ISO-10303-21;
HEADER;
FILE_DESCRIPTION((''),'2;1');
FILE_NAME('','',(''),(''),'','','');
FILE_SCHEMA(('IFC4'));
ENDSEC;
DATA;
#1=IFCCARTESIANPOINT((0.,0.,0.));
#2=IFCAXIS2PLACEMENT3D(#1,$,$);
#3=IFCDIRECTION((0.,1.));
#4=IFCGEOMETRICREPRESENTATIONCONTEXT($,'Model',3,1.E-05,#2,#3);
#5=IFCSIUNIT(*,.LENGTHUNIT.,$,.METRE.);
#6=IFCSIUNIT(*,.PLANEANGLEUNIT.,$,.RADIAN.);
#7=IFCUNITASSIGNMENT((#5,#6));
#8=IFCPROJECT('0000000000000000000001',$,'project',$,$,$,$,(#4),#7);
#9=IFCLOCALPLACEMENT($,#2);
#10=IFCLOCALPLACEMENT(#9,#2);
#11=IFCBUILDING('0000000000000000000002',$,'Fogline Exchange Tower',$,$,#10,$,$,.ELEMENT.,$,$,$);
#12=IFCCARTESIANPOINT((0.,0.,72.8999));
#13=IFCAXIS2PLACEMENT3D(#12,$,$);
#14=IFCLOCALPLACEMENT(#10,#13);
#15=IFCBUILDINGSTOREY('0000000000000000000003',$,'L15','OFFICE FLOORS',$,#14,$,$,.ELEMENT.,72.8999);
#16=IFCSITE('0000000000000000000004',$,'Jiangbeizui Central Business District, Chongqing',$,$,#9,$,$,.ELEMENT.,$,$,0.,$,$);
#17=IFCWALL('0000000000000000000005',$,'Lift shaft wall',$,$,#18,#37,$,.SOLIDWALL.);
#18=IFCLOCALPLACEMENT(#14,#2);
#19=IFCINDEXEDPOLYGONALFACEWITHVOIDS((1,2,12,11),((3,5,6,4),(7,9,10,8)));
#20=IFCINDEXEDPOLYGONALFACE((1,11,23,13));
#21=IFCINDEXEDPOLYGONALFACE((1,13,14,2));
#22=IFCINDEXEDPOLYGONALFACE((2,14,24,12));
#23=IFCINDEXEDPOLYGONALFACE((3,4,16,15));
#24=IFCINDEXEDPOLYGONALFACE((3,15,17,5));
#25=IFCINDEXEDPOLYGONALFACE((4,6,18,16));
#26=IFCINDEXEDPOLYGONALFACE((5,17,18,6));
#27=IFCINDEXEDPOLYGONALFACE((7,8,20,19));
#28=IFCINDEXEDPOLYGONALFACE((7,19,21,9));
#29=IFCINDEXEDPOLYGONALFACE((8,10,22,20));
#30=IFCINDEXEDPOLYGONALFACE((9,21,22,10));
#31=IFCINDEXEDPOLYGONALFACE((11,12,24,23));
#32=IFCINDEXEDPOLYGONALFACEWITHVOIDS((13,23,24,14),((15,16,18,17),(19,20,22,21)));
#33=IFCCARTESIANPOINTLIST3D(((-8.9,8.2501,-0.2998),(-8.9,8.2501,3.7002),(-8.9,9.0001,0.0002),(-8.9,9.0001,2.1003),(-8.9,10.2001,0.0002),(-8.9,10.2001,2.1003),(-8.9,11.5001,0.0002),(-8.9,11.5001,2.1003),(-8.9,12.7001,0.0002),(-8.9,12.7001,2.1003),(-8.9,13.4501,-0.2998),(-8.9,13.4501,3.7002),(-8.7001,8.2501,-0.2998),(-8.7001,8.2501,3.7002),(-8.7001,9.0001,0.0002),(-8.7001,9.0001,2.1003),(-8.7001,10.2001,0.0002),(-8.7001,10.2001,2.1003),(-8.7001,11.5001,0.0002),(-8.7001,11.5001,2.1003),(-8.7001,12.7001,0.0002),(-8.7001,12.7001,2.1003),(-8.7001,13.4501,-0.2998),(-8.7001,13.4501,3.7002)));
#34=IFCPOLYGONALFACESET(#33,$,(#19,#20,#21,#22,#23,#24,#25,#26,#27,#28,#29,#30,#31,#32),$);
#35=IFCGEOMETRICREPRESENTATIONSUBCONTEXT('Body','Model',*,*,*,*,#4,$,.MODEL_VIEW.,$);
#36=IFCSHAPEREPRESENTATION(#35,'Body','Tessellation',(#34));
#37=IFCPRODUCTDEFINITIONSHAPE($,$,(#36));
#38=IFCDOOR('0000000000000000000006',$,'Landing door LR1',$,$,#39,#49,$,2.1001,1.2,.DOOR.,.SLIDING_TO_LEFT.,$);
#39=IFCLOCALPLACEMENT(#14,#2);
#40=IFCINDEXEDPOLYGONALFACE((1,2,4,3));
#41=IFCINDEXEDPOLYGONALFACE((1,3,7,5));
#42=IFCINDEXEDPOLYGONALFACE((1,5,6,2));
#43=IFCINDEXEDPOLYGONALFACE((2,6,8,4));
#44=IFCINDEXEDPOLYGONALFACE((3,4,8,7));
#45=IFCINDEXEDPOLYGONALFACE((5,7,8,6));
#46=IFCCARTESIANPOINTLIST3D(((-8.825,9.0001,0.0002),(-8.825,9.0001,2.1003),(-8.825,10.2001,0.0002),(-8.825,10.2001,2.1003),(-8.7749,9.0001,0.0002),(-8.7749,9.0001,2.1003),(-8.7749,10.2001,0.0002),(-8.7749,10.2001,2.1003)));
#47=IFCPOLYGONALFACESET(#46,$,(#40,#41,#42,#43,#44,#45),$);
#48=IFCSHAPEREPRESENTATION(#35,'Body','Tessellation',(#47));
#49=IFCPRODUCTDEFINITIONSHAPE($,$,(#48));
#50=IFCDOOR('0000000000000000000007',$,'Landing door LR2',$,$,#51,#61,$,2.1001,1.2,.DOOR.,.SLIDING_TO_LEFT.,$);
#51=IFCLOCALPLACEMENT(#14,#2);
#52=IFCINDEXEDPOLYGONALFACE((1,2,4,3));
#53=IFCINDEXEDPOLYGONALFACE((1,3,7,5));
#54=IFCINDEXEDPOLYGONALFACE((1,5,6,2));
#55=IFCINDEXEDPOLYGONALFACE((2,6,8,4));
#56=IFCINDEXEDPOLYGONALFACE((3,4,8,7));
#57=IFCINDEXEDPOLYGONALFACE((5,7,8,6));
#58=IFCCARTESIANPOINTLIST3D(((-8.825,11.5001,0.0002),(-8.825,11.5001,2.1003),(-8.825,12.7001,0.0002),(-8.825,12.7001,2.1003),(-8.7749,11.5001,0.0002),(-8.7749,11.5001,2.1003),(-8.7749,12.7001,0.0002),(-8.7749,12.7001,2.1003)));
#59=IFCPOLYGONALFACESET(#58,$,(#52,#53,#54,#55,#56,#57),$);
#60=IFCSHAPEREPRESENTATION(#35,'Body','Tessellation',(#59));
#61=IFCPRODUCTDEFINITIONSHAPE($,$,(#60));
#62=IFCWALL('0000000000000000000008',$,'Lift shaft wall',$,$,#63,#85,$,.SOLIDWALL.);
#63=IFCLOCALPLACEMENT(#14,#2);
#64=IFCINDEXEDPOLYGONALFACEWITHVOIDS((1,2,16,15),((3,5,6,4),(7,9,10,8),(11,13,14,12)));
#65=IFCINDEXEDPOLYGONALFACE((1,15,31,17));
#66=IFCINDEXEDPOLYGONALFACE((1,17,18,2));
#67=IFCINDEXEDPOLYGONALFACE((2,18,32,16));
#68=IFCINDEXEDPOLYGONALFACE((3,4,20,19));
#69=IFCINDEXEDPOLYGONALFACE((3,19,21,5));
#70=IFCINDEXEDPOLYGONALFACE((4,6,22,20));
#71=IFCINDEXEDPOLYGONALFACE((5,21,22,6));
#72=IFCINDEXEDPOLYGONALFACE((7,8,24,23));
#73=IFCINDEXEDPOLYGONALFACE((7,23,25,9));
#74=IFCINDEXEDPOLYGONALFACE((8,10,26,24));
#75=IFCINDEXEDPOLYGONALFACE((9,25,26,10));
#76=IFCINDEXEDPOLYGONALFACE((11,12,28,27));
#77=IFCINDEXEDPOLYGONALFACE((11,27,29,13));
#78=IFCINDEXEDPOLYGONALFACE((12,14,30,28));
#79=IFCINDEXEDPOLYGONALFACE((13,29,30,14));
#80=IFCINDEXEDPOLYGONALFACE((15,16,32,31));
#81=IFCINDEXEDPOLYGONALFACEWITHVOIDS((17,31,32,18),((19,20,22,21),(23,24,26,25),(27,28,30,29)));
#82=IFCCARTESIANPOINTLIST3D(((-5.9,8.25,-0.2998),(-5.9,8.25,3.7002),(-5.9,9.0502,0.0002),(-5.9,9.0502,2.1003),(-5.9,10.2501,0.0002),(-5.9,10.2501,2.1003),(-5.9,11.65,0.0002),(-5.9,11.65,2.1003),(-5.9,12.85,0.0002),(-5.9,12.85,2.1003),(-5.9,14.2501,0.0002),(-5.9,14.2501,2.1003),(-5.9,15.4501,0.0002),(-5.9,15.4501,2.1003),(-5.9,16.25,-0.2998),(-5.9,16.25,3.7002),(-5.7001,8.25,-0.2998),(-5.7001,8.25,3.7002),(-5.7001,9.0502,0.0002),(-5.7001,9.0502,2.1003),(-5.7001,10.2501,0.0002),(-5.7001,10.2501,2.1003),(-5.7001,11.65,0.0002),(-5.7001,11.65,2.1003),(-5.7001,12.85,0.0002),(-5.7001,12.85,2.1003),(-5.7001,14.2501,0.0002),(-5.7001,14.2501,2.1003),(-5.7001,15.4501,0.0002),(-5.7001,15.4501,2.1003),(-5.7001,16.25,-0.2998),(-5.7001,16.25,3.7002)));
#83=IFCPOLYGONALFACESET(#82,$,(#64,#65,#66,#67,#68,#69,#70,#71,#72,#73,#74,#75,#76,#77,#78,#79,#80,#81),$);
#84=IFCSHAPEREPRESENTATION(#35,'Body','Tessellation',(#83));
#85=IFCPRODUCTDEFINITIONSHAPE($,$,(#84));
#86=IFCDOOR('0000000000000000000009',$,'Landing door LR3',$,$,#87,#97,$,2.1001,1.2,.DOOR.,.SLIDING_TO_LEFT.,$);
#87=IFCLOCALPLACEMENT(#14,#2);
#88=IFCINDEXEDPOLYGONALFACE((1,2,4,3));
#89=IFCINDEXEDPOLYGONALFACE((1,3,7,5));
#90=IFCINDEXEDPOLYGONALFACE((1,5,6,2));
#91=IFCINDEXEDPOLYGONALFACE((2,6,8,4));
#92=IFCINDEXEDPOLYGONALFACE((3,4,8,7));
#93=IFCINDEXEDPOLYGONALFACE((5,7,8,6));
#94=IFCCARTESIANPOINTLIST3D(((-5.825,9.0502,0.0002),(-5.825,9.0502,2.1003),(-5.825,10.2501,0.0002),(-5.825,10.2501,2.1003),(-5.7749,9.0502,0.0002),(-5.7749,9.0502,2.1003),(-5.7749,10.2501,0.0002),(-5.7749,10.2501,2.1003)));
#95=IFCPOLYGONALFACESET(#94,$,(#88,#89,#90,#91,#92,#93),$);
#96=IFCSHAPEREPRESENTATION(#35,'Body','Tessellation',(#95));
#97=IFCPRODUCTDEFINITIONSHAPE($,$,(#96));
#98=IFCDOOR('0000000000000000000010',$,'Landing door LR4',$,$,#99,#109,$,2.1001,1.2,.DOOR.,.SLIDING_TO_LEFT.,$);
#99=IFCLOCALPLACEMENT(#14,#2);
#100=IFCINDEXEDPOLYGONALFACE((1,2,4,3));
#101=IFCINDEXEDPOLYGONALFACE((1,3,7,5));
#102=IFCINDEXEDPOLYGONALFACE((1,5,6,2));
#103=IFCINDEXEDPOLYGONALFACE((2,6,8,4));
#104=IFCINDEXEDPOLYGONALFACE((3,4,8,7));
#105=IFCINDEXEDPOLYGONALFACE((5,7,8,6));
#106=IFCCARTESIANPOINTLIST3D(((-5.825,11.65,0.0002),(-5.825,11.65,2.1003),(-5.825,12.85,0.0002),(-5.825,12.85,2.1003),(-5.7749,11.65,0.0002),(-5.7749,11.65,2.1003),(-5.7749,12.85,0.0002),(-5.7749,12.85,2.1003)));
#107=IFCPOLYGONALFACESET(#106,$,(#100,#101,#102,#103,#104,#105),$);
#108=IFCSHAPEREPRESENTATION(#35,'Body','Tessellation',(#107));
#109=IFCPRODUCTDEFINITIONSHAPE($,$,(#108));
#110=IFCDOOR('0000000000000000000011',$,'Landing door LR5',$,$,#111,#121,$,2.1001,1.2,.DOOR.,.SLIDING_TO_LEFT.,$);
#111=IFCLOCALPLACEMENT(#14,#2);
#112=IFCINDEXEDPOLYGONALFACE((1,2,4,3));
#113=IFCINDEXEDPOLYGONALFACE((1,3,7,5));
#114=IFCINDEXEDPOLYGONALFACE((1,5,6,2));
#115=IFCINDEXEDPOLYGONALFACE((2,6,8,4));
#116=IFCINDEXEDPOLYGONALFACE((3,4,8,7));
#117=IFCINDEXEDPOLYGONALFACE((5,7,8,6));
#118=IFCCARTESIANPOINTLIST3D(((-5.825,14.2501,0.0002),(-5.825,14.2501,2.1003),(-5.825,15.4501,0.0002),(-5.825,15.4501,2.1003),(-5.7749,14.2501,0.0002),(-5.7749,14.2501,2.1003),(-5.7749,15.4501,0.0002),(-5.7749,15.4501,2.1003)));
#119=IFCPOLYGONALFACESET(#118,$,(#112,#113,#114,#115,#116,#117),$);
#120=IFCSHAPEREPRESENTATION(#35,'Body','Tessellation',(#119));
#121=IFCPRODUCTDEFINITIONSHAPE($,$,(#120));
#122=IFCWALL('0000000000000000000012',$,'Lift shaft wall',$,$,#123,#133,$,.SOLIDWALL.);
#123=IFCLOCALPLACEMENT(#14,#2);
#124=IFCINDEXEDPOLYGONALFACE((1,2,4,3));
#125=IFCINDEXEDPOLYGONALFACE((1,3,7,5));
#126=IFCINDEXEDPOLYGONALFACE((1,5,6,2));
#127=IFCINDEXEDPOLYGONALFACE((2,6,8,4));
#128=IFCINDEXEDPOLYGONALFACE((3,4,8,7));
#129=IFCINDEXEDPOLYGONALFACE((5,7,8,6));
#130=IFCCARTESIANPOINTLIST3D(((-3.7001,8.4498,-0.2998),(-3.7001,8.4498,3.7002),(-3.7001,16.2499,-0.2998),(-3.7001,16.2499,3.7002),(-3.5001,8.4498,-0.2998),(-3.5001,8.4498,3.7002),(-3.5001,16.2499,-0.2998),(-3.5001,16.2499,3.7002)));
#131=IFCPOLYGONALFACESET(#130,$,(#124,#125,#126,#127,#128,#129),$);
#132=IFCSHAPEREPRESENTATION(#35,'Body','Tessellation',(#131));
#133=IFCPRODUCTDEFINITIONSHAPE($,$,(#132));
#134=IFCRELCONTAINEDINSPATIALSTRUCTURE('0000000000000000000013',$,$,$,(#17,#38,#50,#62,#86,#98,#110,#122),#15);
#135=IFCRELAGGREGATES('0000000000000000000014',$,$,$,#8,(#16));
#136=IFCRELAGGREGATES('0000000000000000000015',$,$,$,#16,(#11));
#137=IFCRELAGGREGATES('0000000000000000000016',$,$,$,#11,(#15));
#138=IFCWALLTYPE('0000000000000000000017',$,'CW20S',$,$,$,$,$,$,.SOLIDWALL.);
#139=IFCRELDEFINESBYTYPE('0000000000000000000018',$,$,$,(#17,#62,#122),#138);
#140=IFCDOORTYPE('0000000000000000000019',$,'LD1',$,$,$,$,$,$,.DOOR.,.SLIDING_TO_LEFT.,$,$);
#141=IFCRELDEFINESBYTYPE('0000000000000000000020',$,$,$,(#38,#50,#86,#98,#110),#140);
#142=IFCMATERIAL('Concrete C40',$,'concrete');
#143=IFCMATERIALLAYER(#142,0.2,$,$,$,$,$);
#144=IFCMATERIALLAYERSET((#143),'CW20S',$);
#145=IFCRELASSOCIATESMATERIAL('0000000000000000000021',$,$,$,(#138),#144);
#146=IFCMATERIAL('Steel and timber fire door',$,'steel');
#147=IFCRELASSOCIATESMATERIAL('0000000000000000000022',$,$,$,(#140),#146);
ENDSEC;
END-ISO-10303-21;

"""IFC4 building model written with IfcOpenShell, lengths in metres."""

from ifc_helpers import new_model, si_unit, direction, frame, frame_2d, origin, place, context, subcontext, project, spatial, rectangle, extrude, material, layer, layer_set, type_object, element, fill, save


model = new_model("IFC4")

# Units and contexts
model_context = context("Model", 3, precision=1e-05, world=origin(), true_north=direction((0.0, 1.0)))
body_context = subcontext(model_context, "Body", "Model", "MODEL_VIEW")
ifc_project = project(units=[si_unit("LENGTHUNIT", "METRE"), si_unit("PLANEANGLEUNIT", "RADIAN")], contexts=[model_context])

# Site, building, storey
site_placement = place(None, origin())
site = spatial("IfcSite", under=ifc_project, at=site_placement, Name="Jiangbeizui Central Business District, Chongqing", CompositionType="ELEMENT", RefElevation=0.0)
building_placement = place(site_placement, origin())
building = spatial("IfcBuilding", under=site, at=building_placement, Name="Fogline Exchange Tower", CompositionType="ELEMENT")
storey_placement = place(building_placement, frame((0.0, 0.0, 72.8999)))
storey = spatial("IfcBuildingStorey", under=building, at=storey_placement, Name="L15", Description="OFFICE FLOORS", CompositionType="ELEMENT", Elevation=72.8999)

# Shared definitions
ifc_material_1 = material(Name="Steel and timber fire door", Category="steel")

# Shared definitions
ifc_material_2 = material(Name="Concrete C40", Category="concrete")

# Walls, openings, doors
ifc_layer_1 = layer(ifc_material_2, 0.2)
ifc_layer_set_1 = layer_set([ifc_layer_1], Name="CW20S")
wall_type_1 = type_object("IfcWallType", Name="CW20S", PredefinedType="SOLIDWALL", material=ifc_layer_set_1)
wall_1_placement = place(storey_placement, frame((-8.8, 8.25, -0.2998), z_axis=(0.0, 0.0, 1.0), x_axis=(0.0, 1.0, 0.0)))
wall_1 = element("IfcWall", 1, at=wall_1_placement, inside=storey, type_object=wall_type_1, Name="Lift shaft wall", PredefinedType="SOLIDWALL", context=body_context, shape_type="SweptSolid", body=[
    extrude(rectangle(XDim=5.2, YDim=0.2, at=frame_2d((2.6001, 0.0))), origin(), (0.0, 0.0, 1.0), 4.0),
])
opening_1_placement = place(wall_1_placement, frame((0.75, 0.0, 0.3)))
opening_1 = element("IfcOpeningElement", 2, at=opening_1_placement, cuts=wall_1, PredefinedType="OPENING", context=body_context, shape_type="SweptSolid", body=[
    extrude(rectangle(XDim=1.2, YDim=2.1001, at=frame_2d((0.6001, 1.05))), frame((0.0, 0.1099, 0.0), z_axis=(0.0, -1.0, 0.0), x_axis=(1.0, 0.0, 0.0)), (0.0, 0.0, 1.0), 0.22),
])
opening_2_placement = place(wall_1_placement, frame((3.25, 0.0, 0.3)))
opening_2 = element("IfcOpeningElement", 3, at=opening_2_placement, cuts=wall_1, PredefinedType="OPENING", context=body_context, shape_type="SweptSolid", body=[
    extrude(rectangle(XDim=1.2, YDim=2.1001, at=frame_2d((0.6001, 1.05))), frame((0.0, 0.1099, 0.0), z_axis=(0.0, -1.0, 0.0), x_axis=(1.0, 0.0, 0.0)), (0.0, 0.0, 1.0), 0.22),
])
door_type_1 = type_object("IfcDoorType", Name="LD1", OperationType="SLIDING_TO_LEFT", PredefinedType="DOOR", material=ifc_material_1)
door_1_placement = place(opening_1_placement, origin())
door_1 = element("IfcDoor", 4, at=door_1_placement, inside=storey, type_object=door_type_1, Name="Landing door LR1", OperationType="SLIDING_TO_LEFT", OverallHeight=2.1001, OverallWidth=1.2, PredefinedType="DOOR", context=body_context, shape_type="SweptSolid", body=[
    extrude(rectangle(XDim=1.2, YDim=2.1001, at=frame_2d((0.6001, 1.05))), frame((0.0, 0.0249, 0.0), z_axis=(0.0, -1.0, 0.0), x_axis=(1.0, 0.0, 0.0)), (0.0, 0.0, 1.0), 0.05),
])
fill(opening_1, door_1)
door_2_placement = place(opening_2_placement, origin())
door_2 = element("IfcDoor", 5, at=door_2_placement, inside=storey, type_object=door_type_1, Name="Landing door LR2", OperationType="SLIDING_TO_LEFT", OverallHeight=2.1001, OverallWidth=1.2, PredefinedType="DOOR", context=body_context, shape_type="SweptSolid", body=[
    extrude(rectangle(XDim=1.2, YDim=2.1001, at=frame_2d((0.6001, 1.05))), frame((0.0, 0.0249, 0.0), z_axis=(0.0, -1.0, 0.0), x_axis=(1.0, 0.0, 0.0)), (0.0, 0.0, 1.0), 0.05),
])
fill(opening_2, door_2)
wall_2_placement = place(storey_placement, frame((-5.8, 8.25, -0.2998), z_axis=(0.0, 0.0, 1.0), x_axis=(0.0, 1.0, 0.0)))
wall_2 = element("IfcWall", 6, at=wall_2_placement, inside=storey, type_object=wall_type_1, Name="Lift shaft wall", PredefinedType="SOLIDWALL", context=body_context, shape_type="SweptSolid", body=[
    extrude(rectangle(XDim=8.0, YDim=0.2, at=frame_2d((4.0, 0.0))), origin(), (0.0, 0.0, 1.0), 4.0),
])
opening_3_placement = place(wall_2_placement, frame((0.8, 0.0, 0.3)))
opening_3 = element("IfcOpeningElement", 7, at=opening_3_placement, cuts=wall_2, PredefinedType="OPENING", context=body_context, shape_type="SweptSolid", body=[
    extrude(rectangle(XDim=1.2, YDim=2.1001, at=frame_2d((0.6001, 1.05))), frame((0.0, 0.1099, 0.0), z_axis=(0.0, -1.0, 0.0), x_axis=(1.0, 0.0, 0.0)), (0.0, 0.0, 1.0), 0.22),
])
opening_4_placement = place(wall_2_placement, frame((3.3999, 0.0, 0.3)))
opening_4 = element("IfcOpeningElement", 8, at=opening_4_placement, cuts=wall_2, PredefinedType="OPENING", context=body_context, shape_type="SweptSolid", body=[
    extrude(rectangle(XDim=1.2, YDim=2.1001, at=frame_2d((0.6001, 1.05))), frame((0.0, 0.1099, 0.0), z_axis=(0.0, -1.0, 0.0), x_axis=(1.0, 0.0, 0.0)), (0.0, 0.0, 1.0), 0.22),
])
opening_5_placement = place(wall_2_placement, frame((6.0, 0.0, 0.3)))
opening_5 = element("IfcOpeningElement", 9, at=opening_5_placement, cuts=wall_2, PredefinedType="OPENING", context=body_context, shape_type="SweptSolid", body=[
    extrude(rectangle(XDim=1.2, YDim=2.1001, at=frame_2d((0.6001, 1.05))), frame((0.0, 0.1099, 0.0), z_axis=(0.0, -1.0, 0.0), x_axis=(1.0, 0.0, 0.0)), (0.0, 0.0, 1.0), 0.22),
])
door_3_placement = place(opening_3_placement, origin())
door_3 = element("IfcDoor", 10, at=door_3_placement, inside=storey, type_object=door_type_1, Name="Landing door LR3", OperationType="SLIDING_TO_LEFT", OverallHeight=2.1001, OverallWidth=1.2, PredefinedType="DOOR", context=body_context, shape_type="SweptSolid", body=[
    extrude(rectangle(XDim=1.2, YDim=2.1001, at=frame_2d((0.6001, 1.05))), frame((0.0, 0.0249, 0.0), z_axis=(0.0, -1.0, 0.0), x_axis=(1.0, 0.0, 0.0)), (0.0, 0.0, 1.0), 0.05),
])
fill(opening_3, door_3)
door_4_placement = place(opening_4_placement, origin())
door_4 = element("IfcDoor", 11, at=door_4_placement, inside=storey, type_object=door_type_1, Name="Landing door LR4", OperationType="SLIDING_TO_LEFT", OverallHeight=2.1001, OverallWidth=1.2, PredefinedType="DOOR", context=body_context, shape_type="SweptSolid", body=[
    extrude(rectangle(XDim=1.2, YDim=2.1001, at=frame_2d((0.6001, 1.05))), frame((0.0, 0.0249, 0.0), z_axis=(0.0, -1.0, 0.0), x_axis=(1.0, 0.0, 0.0)), (0.0, 0.0, 1.0), 0.05),
])
fill(opening_4, door_4)
door_5_placement = place(opening_5_placement, origin())
door_5 = element("IfcDoor", 12, at=door_5_placement, inside=storey, type_object=door_type_1, Name="Landing door LR5", OperationType="SLIDING_TO_LEFT", OverallHeight=2.1001, OverallWidth=1.2, PredefinedType="DOOR", context=body_context, shape_type="SweptSolid", body=[
    extrude(rectangle(XDim=1.2, YDim=2.1001, at=frame_2d((0.6001, 1.05))), frame((0.0, 0.0249, 0.0), z_axis=(0.0, -1.0, 0.0), x_axis=(1.0, 0.0, 0.0)), (0.0, 0.0, 1.0), 0.05),
])
fill(opening_5, door_5)

# Wall
wall_3_placement = place(storey_placement, frame((-3.6001, 8.45, -0.2998), z_axis=(0.0, 0.0, 1.0), x_axis=(0.0, 1.0, 0.0)))
element("IfcWall", 13, at=wall_3_placement, inside=storey, type_object=wall_type_1, Name="Lift shaft wall", PredefinedType="SOLIDWALL", context=body_context, shape_type="SweptSolid", body=[
    extrude(rectangle(XDim=7.8, YDim=0.2, at=frame_2d((3.8999, 0.0))), origin(), (0.0, 0.0, 1.0), 4.0),
])

save(model, "model.ifc")
